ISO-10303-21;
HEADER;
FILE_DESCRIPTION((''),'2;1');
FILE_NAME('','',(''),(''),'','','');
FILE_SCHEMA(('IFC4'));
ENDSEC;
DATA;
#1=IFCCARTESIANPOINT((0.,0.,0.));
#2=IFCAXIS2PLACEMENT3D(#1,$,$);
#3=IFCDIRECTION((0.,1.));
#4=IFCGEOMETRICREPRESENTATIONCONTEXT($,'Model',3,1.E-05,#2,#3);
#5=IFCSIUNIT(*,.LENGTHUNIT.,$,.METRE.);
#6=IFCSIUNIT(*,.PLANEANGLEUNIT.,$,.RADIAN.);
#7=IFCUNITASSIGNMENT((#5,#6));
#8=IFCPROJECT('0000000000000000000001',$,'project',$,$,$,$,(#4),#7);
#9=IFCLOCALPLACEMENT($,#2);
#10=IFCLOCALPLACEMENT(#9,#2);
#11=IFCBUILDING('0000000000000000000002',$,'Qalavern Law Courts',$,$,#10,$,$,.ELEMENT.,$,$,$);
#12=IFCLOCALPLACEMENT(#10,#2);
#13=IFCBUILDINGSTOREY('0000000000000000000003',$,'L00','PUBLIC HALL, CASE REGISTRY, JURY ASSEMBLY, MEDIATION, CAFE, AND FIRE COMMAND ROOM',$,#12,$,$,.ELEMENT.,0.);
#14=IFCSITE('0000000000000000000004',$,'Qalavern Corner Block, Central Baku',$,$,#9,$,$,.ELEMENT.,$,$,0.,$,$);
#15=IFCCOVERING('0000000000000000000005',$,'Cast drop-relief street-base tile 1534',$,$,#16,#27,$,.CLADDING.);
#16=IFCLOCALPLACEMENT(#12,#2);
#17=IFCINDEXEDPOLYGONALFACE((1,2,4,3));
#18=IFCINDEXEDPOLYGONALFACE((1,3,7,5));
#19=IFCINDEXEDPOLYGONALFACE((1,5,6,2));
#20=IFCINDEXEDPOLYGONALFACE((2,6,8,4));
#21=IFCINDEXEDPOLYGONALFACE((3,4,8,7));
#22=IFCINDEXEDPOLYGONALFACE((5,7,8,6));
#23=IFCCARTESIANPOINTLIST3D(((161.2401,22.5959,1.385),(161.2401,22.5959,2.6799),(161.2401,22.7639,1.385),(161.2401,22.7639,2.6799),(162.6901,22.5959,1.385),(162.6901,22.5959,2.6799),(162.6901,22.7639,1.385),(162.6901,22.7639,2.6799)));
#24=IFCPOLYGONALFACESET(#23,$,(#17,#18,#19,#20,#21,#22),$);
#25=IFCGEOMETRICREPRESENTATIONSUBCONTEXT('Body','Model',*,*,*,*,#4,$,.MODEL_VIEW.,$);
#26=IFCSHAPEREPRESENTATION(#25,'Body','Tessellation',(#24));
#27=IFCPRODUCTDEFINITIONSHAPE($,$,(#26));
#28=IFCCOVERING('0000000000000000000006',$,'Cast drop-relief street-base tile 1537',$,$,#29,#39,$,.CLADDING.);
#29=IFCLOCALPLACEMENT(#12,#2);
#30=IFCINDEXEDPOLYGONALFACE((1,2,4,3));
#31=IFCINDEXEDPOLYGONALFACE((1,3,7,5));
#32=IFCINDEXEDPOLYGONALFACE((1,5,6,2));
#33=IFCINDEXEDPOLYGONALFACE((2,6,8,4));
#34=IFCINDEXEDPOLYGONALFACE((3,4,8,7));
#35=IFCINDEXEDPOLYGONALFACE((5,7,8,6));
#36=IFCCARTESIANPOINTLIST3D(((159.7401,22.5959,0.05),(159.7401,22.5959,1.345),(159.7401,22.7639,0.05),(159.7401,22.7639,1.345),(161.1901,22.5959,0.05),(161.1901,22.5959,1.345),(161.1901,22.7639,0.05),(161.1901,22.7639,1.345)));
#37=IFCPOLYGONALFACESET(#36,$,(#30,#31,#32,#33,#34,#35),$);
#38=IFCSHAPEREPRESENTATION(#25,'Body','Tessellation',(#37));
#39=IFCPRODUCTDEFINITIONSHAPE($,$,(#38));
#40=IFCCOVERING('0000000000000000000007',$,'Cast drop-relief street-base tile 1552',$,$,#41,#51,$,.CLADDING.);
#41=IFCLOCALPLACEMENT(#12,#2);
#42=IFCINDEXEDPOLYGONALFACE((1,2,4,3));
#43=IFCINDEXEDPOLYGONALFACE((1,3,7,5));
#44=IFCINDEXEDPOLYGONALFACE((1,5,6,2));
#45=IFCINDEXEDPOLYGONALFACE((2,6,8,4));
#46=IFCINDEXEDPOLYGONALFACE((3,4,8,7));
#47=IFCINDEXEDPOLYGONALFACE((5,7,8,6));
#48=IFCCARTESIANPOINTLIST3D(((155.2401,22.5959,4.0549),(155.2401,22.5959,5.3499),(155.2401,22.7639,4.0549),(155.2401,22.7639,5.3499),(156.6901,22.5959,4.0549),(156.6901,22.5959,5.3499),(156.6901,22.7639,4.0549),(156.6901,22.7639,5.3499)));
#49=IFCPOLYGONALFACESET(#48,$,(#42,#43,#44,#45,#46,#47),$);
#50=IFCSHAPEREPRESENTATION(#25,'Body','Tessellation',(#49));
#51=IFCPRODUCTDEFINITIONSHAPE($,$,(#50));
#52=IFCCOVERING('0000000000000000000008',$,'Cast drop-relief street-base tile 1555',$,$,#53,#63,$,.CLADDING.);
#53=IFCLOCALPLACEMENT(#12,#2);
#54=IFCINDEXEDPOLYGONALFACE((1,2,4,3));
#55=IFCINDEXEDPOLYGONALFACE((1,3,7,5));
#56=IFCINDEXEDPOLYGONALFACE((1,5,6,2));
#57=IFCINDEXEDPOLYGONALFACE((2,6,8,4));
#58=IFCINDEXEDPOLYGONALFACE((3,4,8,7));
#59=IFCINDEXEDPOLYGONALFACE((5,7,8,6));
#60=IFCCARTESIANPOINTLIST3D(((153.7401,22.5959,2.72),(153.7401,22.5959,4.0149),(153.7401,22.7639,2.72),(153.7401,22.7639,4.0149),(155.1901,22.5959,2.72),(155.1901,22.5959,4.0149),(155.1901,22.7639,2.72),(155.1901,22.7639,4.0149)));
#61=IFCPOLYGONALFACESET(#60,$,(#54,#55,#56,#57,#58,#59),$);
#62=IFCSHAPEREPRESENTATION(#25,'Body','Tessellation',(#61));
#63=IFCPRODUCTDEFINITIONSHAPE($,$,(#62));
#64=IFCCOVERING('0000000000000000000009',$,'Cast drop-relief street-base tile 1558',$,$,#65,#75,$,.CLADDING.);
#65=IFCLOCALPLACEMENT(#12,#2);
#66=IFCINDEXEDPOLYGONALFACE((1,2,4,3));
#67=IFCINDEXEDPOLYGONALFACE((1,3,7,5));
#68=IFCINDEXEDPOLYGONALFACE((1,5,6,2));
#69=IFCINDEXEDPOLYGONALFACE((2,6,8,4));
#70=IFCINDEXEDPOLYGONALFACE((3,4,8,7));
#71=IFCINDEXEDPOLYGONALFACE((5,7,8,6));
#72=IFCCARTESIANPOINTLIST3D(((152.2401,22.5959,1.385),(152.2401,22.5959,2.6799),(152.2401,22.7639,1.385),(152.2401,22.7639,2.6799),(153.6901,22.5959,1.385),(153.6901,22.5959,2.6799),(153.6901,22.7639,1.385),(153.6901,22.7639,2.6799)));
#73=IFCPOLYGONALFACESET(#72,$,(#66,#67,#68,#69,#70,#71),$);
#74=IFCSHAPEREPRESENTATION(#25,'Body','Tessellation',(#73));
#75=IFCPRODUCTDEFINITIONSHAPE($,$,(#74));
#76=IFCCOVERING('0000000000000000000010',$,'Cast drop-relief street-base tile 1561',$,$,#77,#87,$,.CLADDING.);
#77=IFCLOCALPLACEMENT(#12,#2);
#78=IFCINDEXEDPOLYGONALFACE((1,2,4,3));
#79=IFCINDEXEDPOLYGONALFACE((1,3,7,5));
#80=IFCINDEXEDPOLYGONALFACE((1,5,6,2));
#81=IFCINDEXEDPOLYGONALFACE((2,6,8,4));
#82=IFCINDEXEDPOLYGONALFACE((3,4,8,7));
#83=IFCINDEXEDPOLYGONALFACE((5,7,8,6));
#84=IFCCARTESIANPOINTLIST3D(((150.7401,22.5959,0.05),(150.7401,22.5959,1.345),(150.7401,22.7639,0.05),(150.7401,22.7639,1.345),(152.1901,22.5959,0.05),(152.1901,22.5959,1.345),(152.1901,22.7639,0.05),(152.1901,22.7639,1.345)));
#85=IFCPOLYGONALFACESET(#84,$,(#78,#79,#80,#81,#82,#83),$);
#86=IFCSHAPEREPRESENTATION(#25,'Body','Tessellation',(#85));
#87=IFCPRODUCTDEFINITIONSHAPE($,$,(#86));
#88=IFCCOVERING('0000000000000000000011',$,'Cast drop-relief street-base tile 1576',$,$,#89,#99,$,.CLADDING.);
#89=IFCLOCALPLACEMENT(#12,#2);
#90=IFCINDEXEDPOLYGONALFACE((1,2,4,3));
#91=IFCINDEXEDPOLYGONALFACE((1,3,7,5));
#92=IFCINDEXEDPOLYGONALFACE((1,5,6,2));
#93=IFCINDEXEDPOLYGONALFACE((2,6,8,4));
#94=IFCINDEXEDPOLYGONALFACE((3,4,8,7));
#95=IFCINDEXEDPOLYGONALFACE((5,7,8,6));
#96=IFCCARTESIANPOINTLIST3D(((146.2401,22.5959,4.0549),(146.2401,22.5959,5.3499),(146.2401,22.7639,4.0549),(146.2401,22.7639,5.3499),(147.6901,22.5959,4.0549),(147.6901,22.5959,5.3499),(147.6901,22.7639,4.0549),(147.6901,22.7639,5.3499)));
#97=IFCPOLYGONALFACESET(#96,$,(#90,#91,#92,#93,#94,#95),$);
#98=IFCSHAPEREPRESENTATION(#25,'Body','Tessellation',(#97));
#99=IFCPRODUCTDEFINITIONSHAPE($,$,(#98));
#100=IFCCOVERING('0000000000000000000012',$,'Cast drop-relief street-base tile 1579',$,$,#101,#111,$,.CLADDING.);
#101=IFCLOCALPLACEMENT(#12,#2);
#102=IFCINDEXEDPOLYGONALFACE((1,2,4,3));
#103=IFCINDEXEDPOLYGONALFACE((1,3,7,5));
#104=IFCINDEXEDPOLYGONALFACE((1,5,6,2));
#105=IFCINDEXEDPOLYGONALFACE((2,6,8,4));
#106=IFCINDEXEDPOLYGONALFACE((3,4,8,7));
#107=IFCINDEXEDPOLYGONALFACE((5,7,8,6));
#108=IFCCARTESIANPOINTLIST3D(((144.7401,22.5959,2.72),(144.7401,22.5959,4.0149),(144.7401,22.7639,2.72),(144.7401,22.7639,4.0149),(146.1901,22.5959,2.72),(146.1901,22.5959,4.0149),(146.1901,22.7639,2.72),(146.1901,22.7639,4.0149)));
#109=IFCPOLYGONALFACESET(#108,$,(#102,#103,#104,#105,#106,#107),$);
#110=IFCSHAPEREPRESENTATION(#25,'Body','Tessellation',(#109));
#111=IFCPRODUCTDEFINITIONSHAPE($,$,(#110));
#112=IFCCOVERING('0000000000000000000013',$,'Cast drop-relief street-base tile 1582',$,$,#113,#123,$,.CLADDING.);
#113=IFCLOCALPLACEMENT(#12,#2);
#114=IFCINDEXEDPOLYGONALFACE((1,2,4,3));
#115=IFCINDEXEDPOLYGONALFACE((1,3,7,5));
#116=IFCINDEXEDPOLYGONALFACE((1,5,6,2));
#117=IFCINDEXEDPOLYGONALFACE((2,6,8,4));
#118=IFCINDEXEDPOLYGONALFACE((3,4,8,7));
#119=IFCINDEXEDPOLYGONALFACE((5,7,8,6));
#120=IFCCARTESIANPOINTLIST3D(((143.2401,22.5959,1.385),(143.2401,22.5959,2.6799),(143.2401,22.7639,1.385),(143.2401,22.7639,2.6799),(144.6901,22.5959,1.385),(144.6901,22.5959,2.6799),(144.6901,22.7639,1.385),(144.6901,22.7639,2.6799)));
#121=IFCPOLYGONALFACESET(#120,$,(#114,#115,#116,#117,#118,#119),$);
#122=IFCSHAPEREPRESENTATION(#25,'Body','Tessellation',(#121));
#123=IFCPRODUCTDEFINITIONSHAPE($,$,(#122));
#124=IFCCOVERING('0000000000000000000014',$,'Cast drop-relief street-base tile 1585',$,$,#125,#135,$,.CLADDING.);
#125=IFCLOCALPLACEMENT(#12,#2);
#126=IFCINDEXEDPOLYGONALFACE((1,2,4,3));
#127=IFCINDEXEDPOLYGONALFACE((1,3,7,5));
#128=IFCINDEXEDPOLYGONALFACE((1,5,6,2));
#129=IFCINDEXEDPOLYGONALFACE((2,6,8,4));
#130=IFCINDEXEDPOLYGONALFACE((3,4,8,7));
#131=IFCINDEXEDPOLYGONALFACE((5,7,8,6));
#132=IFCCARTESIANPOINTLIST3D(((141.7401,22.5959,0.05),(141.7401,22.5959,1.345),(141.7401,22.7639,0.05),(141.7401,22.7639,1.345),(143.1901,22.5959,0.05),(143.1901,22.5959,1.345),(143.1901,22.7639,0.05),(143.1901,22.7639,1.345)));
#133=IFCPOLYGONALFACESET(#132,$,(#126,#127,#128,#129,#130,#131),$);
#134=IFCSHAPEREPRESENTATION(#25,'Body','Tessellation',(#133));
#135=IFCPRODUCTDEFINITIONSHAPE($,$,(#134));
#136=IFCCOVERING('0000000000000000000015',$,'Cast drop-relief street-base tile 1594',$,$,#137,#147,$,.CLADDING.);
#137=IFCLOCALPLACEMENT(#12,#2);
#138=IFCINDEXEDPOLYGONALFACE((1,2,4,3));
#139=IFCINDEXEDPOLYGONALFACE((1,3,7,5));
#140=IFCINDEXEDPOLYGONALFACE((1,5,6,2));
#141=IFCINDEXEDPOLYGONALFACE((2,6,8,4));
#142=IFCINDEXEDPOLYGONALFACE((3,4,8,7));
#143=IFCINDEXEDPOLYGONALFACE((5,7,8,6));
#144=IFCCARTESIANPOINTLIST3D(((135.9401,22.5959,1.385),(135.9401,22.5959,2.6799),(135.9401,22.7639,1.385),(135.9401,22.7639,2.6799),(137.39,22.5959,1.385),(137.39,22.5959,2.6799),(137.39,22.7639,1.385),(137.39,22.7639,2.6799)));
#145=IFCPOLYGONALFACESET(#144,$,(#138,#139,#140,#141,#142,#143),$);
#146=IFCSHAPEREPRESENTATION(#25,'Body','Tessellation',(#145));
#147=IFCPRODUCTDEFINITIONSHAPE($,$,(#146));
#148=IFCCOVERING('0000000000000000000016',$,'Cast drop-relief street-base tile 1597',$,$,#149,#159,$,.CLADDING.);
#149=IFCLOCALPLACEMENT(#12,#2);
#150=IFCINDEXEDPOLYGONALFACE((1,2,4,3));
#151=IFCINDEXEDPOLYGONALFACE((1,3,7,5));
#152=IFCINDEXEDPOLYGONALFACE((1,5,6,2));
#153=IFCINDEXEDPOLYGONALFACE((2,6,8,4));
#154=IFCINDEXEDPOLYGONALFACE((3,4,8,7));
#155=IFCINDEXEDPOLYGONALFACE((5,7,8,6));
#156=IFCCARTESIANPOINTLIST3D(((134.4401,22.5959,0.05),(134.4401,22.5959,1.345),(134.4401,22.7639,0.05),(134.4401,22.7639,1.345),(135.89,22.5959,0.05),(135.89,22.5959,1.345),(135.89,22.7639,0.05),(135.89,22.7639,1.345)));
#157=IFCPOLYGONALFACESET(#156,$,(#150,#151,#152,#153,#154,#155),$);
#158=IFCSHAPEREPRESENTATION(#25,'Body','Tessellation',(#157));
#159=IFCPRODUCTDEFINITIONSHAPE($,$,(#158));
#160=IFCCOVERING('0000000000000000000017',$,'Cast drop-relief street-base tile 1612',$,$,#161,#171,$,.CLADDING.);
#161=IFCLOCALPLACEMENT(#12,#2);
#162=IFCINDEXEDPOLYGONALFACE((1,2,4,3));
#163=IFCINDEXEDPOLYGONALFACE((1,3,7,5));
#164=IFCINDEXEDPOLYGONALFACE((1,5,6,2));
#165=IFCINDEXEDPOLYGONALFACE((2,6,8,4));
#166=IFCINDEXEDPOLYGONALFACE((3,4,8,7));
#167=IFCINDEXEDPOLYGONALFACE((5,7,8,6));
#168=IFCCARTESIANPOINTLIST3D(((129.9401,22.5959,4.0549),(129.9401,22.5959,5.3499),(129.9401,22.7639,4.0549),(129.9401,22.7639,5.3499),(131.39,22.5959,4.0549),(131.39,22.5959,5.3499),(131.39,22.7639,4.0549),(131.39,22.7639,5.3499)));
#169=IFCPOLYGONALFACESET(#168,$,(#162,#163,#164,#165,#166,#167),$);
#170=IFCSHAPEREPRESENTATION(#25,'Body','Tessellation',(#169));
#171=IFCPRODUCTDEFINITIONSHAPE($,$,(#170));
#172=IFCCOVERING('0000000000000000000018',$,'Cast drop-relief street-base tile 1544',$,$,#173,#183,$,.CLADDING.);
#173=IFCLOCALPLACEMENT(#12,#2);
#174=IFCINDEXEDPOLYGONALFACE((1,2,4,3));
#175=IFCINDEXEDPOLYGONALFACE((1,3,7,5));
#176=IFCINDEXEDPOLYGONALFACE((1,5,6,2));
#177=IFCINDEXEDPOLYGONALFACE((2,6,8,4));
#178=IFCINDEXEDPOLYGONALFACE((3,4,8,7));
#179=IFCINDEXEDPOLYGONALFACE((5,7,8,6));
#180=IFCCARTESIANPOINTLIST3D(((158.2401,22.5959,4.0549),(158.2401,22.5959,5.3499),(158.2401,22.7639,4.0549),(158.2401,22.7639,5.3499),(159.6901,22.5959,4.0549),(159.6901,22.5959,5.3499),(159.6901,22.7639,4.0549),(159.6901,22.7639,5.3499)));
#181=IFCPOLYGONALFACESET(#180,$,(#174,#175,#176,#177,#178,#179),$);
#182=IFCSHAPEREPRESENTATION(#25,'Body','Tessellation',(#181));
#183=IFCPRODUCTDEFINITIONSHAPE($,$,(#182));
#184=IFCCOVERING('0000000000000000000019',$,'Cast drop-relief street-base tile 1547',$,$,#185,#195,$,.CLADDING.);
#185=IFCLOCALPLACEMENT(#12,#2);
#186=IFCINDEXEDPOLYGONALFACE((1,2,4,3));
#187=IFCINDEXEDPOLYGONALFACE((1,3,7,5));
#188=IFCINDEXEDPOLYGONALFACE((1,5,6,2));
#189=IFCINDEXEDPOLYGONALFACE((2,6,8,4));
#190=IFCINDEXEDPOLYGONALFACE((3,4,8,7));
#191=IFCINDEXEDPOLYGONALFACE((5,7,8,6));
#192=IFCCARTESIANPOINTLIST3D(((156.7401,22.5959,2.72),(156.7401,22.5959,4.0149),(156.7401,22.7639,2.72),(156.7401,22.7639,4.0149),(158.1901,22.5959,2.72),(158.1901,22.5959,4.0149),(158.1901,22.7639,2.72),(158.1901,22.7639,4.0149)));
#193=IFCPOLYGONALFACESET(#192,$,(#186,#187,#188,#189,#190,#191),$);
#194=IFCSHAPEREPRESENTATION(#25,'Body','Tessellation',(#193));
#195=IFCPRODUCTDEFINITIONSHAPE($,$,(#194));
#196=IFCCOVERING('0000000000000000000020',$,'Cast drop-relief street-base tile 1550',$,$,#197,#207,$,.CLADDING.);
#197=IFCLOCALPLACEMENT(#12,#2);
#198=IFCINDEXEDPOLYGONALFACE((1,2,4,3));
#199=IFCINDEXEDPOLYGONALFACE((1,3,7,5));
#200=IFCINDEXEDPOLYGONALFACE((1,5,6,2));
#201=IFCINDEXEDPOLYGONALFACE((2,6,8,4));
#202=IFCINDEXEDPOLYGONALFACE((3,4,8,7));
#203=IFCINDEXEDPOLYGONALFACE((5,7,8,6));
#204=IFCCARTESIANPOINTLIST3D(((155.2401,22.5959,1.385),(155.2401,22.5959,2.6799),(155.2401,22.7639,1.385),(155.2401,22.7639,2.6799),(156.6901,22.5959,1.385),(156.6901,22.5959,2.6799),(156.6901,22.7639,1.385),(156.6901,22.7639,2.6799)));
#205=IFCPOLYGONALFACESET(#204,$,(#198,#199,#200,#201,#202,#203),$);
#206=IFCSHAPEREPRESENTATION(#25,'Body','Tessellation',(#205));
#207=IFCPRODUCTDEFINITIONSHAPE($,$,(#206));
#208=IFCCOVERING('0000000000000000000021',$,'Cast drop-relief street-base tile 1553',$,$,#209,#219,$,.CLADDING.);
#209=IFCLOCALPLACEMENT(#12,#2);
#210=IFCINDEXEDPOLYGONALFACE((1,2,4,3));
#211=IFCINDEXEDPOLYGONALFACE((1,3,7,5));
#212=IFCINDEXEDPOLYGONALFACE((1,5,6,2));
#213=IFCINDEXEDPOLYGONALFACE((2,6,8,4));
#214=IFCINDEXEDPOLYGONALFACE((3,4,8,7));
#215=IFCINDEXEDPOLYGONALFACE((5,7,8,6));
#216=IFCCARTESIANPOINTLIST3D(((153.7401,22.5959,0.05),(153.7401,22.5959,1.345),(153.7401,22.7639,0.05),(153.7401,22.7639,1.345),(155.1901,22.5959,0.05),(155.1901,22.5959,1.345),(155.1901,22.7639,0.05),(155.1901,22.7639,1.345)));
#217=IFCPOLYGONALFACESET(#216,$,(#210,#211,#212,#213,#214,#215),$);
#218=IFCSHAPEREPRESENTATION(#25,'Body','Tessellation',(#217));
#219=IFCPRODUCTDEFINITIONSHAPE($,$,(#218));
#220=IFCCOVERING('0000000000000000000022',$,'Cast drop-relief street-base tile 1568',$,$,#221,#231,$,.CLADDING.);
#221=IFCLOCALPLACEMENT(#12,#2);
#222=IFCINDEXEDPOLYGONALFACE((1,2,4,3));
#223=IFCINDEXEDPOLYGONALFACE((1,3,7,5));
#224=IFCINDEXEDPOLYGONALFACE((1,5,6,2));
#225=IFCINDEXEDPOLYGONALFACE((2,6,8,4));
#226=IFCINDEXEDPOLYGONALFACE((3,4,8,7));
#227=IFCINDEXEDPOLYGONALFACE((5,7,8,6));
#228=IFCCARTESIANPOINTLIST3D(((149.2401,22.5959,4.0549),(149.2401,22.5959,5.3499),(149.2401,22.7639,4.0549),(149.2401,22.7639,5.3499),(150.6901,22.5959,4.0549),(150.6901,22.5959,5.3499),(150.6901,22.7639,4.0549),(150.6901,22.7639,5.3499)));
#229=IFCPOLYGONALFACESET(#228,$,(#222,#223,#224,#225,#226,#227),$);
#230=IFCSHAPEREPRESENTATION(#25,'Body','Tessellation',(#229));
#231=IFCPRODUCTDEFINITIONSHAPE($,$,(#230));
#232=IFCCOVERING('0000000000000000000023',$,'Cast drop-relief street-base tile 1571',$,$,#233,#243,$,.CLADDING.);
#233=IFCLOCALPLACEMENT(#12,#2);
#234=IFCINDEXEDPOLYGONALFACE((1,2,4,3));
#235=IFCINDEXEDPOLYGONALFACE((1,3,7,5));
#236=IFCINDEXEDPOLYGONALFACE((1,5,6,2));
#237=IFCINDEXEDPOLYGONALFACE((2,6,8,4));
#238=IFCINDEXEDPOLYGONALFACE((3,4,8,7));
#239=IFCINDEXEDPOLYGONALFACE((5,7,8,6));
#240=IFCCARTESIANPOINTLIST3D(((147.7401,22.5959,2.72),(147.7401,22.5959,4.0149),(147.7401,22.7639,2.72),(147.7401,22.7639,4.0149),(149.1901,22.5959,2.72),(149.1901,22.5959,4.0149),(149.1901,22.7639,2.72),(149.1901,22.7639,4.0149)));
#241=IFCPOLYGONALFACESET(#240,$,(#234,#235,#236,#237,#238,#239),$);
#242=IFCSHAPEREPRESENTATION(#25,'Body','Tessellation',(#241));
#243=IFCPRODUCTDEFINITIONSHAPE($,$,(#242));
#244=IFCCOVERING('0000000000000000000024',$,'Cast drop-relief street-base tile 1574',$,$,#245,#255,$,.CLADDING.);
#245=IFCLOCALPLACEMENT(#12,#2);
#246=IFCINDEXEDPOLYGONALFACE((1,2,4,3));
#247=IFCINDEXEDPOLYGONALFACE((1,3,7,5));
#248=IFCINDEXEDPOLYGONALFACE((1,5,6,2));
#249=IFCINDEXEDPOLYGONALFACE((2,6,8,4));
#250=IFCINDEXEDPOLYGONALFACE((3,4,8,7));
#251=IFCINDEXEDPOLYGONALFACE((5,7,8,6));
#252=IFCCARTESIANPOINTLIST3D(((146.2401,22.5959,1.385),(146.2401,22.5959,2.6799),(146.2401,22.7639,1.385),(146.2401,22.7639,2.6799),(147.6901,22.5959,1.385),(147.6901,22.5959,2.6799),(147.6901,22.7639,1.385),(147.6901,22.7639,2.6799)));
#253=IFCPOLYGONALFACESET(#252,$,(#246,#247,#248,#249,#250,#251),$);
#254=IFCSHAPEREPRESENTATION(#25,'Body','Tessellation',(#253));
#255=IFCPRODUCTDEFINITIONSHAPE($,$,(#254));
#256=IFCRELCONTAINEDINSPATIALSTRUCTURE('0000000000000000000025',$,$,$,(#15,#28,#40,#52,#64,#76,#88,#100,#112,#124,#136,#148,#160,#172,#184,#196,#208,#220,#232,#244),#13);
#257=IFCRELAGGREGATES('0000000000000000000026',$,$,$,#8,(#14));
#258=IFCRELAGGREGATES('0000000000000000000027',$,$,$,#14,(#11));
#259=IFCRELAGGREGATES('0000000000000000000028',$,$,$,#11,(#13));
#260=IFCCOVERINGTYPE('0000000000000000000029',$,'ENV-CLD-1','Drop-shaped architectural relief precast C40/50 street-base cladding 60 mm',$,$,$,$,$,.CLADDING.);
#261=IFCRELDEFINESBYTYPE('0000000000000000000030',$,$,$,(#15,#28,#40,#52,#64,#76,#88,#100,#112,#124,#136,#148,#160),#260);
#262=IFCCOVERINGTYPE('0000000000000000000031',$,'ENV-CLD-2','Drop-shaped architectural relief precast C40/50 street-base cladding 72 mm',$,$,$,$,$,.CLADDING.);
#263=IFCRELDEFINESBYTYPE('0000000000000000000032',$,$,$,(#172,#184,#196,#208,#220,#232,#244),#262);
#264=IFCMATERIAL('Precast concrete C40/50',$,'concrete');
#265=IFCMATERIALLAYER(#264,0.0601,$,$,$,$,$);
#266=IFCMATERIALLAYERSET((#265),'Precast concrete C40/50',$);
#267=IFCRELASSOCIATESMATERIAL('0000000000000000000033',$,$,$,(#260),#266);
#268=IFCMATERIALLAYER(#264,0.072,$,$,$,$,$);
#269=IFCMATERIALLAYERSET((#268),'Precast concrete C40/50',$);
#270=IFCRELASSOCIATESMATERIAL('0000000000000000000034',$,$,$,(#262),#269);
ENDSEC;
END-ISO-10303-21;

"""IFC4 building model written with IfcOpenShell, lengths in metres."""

from ifc_helpers import new_model, si_unit, direction, frame, origin, origin_2d, place, context, subcontext, project, spatial, rectangle, extrude, material, layer, layer_set, type_object, element, save


model = new_model("IFC4")

# Units and contexts
model_context = context("Model", 3, precision=1e-05, world=origin(), true_north=direction((0.0, 1.0)))
body_context = subcontext(model_context, "Body", "Model", "MODEL_VIEW")
ifc_project = project(units=[si_unit("LENGTHUNIT", "METRE"), si_unit("PLANEANGLEUNIT", "RADIAN")], contexts=[model_context])

# Site, building, storey
site_placement = place(None, origin())
site = spatial("IfcSite", under=ifc_project, at=site_placement, Name="Qalavern Corner Block, Central Baku", CompositionType="ELEMENT", RefElevation=0.0)
building_placement = place(site_placement, origin())
building = spatial("IfcBuilding", under=site, at=building_placement, Name="Qalavern Law Courts", CompositionType="ELEMENT")
storey_placement = place(building_placement, origin())
storey = spatial("IfcBuildingStorey", under=building, at=storey_placement, Name="L00", Description="PUBLIC HALL, CASE REGISTRY, JURY ASSEMBLY, MEDIATION, CAFE, AND FIRE COMMAND ROOM", CompositionType="ELEMENT", Elevation=0.0)

# Coverings
ifc_material = material(Name="Precast concrete C40/50", Category="concrete")
ifc_layer_1 = layer(ifc_material, 0.0601)
ifc_layer_set_1 = layer_set([ifc_layer_1], Name="Precast concrete C40/50")
covering_type_1 = type_object("IfcCoveringType", Name="ENV-CLD-1", Description="Drop-shaped architectural relief precast C40/50 street-base cladding 60 mm", PredefinedType="CLADDING", material=ifc_layer_set_1)
for number, where, z_axis, x_axis, name in (
    (1, (161.9651, 22.6799, 1.385), (0.0, 0.0, 1.0), (-1.0, 0.0, 0.0), "Cast drop-relief street-base tile 1534"),
    (2, (160.4651, 22.6799, 0.05), (0.0, 0.0, 1.0), (-1.0, 0.0, 0.0), "Cast drop-relief street-base tile 1537"),
    (3, (155.9651, 22.6799, 4.0549), (0.0, 0.0, 1.0), (-1.0, 0.0, 0.0), "Cast drop-relief street-base tile 1552"),
    (4, (154.4651, 22.6799, 2.72), (0.0, 0.0, 1.0), (-1.0, 0.0, 0.0), "Cast drop-relief street-base tile 1555"),
    (5, (152.9651, 22.6799, 1.385), (0.0, 0.0, 1.0), (-1.0, 0.0, 0.0), "Cast drop-relief street-base tile 1558"),
    (6, (151.4651, 22.6799, 0.05), (0.0, 0.0, 1.0), (-1.0, 0.0, 0.0), "Cast drop-relief street-base tile 1561"),
    (7, (146.9651, 22.6799, 4.0549), (0.0, 0.0, 1.0), (-1.0, 0.0, 0.0), "Cast drop-relief street-base tile 1576"),
    (8, (145.4651, 22.6799, 2.72), (0.0, 0.0, 1.0), (-1.0, 0.0, 0.0), "Cast drop-relief street-base tile 1579"),
    (9, (143.9651, 22.6799, 1.385), (0.0, 0.0, 1.0), (-1.0, 0.0, 0.0), "Cast drop-relief street-base tile 1582"),
    (10, (142.4651, 22.6799, 0.05), (0.0, 0.0, 1.0), (-1.0, 0.0, 0.0), "Cast drop-relief street-base tile 1585"),
    (11, (136.665, 22.6799, 1.385), (0.0, 0.0, 1.0), (-1.0, 0.0, 0.0), "Cast drop-relief street-base tile 1594"),
    (12, (135.165, 22.6799, 0.05), (0.0, 0.0, 1.0), (-1.0, 0.0, 0.0), "Cast drop-relief street-base tile 1597"),
    (13, (130.665, 22.6799, 4.0549), (0.0, 0.0, 1.0), (-1.0, 0.0, 0.0), "Cast drop-relief street-base tile 1612"),
):
    element("IfcCovering", number, at=place(storey_placement, frame(where, z_axis=z_axis, x_axis=x_axis)), inside=storey, type_object=covering_type_1, Name=name, PredefinedType="CLADDING", context=body_context, shape_type="SweptSolid", body=[
        extrude(rectangle(XDim=1.45, YDim=0.168, at=origin_2d()), origin(), (0.0, 0.0, 1.0), 1.2949),
    ])
ifc_layer_2 = layer(ifc_material, 0.072)
ifc_layer_set_2 = layer_set([ifc_layer_2], Name="Precast concrete C40/50")
covering_type_2 = type_object("IfcCoveringType", Name="ENV-CLD-2", Description="Drop-shaped architectural relief precast C40/50 street-base cladding 72 mm", PredefinedType="CLADDING", material=ifc_layer_set_2)
for number, where, z_axis, x_axis, name in (
    (14, (158.9651, 22.6799, 4.0549), (0.0, 0.0, 1.0), (-1.0, 0.0, 0.0), "Cast drop-relief street-base tile 1544"),
    (15, (157.4651, 22.6799, 2.72), (0.0, 0.0, 1.0), (-1.0, 0.0, 0.0), "Cast drop-relief street-base tile 1547"),
    (16, (155.9651, 22.6799, 1.385), (0.0, 0.0, 1.0), (-1.0, 0.0, 0.0), "Cast drop-relief street-base tile 1550"),
    (17, (154.4651, 22.6799, 0.05), (0.0, 0.0, 1.0), (-1.0, 0.0, 0.0), "Cast drop-relief street-base tile 1553"),
    (18, (149.9651, 22.6799, 4.0549), (0.0, 0.0, 1.0), (-1.0, 0.0, 0.0), "Cast drop-relief street-base tile 1568"),
    (19, (148.4651, 22.6799, 2.72), (0.0, 0.0, 1.0), (-1.0, 0.0, 0.0), "Cast drop-relief street-base tile 1571"),
    (20, (146.9651, 22.6799, 1.385), (0.0, 0.0, 1.0), (-1.0, 0.0, 0.0), "Cast drop-relief street-base tile 1574"),
):
    element("IfcCovering", number, at=place(storey_placement, frame(where, z_axis=z_axis, x_axis=x_axis)), inside=storey, type_object=covering_type_2, Name=name, PredefinedType="CLADDING", context=body_context, shape_type="SweptSolid", body=[
        extrude(rectangle(XDim=1.45, YDim=0.168, at=origin_2d()), origin(), (0.0, 0.0, 1.0), 1.2949),
    ])

save(model, "model.ifc")
